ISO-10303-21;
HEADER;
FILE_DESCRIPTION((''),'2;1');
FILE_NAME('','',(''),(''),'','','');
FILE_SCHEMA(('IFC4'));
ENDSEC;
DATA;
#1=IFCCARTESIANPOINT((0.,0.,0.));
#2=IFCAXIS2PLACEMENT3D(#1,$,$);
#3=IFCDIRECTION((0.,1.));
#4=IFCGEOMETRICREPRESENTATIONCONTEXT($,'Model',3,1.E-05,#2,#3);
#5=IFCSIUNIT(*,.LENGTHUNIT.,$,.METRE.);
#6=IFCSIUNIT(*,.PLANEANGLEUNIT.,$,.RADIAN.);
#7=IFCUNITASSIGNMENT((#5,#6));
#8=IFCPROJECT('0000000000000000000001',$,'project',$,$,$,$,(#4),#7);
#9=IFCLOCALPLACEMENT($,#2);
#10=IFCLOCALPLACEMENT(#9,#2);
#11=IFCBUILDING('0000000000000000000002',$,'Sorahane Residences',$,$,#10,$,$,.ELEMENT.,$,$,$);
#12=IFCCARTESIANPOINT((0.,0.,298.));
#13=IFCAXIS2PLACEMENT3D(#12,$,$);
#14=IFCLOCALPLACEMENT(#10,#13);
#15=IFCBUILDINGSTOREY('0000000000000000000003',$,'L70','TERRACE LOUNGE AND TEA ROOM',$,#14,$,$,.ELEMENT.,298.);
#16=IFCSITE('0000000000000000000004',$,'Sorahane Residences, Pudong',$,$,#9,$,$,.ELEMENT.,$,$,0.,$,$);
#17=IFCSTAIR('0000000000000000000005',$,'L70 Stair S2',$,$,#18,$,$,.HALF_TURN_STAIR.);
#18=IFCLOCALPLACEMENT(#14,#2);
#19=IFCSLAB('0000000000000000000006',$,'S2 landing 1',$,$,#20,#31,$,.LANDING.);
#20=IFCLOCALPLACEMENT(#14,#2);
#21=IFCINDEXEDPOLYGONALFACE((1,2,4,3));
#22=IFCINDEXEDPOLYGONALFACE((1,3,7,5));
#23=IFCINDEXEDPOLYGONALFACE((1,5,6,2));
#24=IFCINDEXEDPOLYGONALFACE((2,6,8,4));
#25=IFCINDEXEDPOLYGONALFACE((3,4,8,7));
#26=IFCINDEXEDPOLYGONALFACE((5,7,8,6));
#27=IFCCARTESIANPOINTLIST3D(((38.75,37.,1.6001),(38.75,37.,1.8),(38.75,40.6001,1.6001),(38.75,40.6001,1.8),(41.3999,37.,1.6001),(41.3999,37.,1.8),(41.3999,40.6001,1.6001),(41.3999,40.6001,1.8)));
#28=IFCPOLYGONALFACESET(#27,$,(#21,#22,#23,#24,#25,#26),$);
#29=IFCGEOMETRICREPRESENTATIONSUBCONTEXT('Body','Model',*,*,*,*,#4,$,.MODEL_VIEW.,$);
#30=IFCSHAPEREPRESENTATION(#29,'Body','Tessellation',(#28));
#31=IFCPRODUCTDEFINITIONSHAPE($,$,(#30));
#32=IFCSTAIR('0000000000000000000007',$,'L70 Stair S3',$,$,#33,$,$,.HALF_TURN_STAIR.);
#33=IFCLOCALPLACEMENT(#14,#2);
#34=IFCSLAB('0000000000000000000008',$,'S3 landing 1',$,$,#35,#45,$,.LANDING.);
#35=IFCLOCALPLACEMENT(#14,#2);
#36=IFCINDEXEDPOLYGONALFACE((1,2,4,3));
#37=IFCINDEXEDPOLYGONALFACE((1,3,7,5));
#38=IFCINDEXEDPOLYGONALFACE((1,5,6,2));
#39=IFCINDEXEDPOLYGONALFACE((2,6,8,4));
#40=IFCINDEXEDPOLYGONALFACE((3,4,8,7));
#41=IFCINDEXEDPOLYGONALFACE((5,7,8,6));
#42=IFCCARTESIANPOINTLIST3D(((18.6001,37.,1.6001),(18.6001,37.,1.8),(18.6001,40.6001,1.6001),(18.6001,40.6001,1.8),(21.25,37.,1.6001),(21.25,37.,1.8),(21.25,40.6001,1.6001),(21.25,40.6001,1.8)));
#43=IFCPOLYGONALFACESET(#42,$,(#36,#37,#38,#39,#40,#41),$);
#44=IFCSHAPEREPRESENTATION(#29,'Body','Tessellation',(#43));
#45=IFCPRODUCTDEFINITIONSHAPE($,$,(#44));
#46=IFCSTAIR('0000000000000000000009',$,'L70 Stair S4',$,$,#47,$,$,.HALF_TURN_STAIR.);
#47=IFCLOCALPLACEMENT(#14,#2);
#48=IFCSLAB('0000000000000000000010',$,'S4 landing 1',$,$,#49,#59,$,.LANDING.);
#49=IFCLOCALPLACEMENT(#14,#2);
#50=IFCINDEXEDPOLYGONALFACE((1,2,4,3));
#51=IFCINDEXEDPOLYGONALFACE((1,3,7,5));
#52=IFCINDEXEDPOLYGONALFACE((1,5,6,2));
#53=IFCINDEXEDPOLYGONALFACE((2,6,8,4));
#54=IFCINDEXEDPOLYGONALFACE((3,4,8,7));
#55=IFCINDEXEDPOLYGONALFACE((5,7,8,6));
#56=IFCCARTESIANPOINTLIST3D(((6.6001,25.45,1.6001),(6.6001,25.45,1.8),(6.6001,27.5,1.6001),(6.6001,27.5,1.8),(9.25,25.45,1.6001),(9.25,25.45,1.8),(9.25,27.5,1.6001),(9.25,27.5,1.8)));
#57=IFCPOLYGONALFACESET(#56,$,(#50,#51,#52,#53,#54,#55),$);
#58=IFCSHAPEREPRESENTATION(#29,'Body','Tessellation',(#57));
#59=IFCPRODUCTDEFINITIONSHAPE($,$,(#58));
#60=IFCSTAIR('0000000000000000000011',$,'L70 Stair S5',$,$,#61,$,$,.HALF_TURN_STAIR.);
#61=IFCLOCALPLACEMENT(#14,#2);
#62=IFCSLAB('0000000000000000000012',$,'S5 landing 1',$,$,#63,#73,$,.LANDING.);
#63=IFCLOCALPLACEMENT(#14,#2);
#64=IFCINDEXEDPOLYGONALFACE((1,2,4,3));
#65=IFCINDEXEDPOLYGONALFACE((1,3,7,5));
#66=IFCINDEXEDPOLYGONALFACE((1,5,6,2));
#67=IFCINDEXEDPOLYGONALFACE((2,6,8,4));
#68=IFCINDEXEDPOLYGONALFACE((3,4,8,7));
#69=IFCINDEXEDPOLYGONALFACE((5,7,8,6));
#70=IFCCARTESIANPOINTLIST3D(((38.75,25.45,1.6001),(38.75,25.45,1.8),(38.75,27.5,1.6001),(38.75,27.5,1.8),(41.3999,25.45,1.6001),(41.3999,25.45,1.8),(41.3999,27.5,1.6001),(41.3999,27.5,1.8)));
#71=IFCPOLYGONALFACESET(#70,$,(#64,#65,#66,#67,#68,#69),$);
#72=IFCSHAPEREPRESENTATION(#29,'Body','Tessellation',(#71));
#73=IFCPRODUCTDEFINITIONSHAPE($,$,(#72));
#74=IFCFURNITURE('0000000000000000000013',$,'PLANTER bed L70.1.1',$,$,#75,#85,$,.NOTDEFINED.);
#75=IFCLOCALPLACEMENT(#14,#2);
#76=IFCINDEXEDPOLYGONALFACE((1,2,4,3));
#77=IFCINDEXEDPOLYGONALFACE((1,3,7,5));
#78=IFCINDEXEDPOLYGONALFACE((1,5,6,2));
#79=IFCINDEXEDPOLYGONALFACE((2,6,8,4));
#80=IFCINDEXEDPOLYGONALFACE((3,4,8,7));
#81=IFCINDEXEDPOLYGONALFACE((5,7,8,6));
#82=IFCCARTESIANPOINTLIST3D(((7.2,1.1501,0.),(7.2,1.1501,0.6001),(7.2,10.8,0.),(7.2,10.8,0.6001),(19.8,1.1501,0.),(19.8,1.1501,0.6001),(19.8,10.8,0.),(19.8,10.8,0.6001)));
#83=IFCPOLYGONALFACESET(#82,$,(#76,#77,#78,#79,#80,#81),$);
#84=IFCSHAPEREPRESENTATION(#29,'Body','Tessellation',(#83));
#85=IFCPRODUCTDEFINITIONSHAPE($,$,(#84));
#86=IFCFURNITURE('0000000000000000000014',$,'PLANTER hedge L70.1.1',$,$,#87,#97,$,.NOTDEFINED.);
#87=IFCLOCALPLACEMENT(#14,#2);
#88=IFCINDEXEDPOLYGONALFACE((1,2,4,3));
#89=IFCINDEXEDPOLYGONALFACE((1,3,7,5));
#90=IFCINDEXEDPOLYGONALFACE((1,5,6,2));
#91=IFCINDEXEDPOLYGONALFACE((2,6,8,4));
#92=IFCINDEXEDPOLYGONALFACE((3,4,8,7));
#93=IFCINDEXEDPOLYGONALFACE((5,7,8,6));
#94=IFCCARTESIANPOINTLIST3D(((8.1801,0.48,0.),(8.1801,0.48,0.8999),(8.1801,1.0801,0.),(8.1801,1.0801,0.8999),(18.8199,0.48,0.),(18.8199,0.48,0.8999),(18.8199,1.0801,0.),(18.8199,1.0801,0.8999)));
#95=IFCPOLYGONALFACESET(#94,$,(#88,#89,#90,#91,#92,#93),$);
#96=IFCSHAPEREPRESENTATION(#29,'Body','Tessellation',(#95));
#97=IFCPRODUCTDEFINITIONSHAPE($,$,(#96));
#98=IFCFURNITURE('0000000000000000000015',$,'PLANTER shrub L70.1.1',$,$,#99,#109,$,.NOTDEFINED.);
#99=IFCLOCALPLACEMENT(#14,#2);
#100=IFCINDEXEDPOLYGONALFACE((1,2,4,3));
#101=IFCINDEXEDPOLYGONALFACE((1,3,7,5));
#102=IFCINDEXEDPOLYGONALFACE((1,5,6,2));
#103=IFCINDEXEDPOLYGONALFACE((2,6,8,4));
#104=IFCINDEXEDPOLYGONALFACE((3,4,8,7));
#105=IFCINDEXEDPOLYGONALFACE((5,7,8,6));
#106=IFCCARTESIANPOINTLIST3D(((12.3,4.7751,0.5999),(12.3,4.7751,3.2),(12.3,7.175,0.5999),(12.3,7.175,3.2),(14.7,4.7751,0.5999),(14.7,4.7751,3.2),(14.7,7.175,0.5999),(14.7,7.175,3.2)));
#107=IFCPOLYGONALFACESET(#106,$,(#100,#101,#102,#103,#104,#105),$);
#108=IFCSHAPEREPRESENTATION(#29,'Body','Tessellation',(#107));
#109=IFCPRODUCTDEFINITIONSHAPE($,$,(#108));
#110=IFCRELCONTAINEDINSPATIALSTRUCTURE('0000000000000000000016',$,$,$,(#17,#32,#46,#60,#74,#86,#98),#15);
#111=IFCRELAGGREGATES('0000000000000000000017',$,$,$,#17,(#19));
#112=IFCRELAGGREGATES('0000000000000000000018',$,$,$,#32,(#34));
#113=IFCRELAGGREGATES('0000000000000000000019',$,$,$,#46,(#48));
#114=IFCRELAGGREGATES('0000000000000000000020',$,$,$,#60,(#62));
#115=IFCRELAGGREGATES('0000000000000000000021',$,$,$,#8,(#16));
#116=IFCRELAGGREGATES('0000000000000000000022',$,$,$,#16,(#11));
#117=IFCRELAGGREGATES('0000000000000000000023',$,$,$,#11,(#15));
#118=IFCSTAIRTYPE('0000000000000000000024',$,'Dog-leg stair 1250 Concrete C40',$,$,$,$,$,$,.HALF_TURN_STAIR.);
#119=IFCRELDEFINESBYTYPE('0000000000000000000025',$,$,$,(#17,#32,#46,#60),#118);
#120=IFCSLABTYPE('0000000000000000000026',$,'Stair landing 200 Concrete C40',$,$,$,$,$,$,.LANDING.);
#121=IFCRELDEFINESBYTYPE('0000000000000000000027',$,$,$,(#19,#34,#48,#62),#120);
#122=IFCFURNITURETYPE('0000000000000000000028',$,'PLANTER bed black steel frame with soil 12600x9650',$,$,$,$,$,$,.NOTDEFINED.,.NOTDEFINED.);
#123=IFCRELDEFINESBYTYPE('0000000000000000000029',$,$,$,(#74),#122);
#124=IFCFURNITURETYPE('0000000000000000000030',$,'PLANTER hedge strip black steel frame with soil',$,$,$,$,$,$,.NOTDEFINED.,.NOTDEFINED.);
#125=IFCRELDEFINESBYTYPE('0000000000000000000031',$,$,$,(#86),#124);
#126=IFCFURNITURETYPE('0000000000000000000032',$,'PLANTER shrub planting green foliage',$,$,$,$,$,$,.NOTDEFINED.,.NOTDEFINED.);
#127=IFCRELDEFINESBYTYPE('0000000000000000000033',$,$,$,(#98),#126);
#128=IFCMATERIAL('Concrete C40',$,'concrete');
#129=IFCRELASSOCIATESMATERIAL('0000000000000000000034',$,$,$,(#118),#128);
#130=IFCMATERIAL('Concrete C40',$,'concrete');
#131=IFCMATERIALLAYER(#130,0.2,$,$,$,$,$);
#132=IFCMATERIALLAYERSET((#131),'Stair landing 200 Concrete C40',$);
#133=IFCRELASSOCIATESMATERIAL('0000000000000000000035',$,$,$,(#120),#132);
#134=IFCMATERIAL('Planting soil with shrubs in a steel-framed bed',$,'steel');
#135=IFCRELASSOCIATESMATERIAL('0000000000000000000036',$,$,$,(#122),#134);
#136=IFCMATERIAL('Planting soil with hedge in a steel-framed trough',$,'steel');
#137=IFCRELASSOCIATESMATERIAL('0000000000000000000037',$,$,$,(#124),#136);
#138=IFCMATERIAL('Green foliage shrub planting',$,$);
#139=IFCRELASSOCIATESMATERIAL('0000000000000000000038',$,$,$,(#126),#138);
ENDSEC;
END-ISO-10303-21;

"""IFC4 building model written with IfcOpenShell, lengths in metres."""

from ifc_helpers import new_model, si_unit, direction, frame, origin, origin_2d, place, context, subcontext, project, spatial, polyline, rectangle, outline, extrude, material, layer, layer_set, type_object, element, aggregate, save


model = new_model("IFC4")

# Units and contexts
model_context = context("Model", 3, precision=1e-05, world=origin(), true_north=direction((0.0, 1.0)))
body_context = subcontext(model_context, "Body", "Model", "MODEL_VIEW")
ifc_project = project(units=[si_unit("LENGTHUNIT", "METRE"), si_unit("PLANEANGLEUNIT", "RADIAN")], contexts=[model_context])

# Site, building, storey
site_placement = place(None, origin())
site = spatial("IfcSite", under=ifc_project, at=site_placement, Name="Sorahane Residences, Pudong", CompositionType="ELEMENT", RefElevation=0.0)
building_placement = place(site_placement, origin())
building = spatial("IfcBuilding", under=site, at=building_placement, Name="Sorahane Residences", CompositionType="ELEMENT")
storey_placement = place(building_placement, frame((0.0, 0.0, 298.0)))
storey = spatial("IfcBuildingStorey", under=building, at=storey_placement, Name="L70", Description="TERRACE LOUNGE AND TEA ROOM", CompositionType="ELEMENT", Elevation=298.0)

# Stairs, slabs
ifc_material_1 = material(Name="Concrete C40", Category="concrete")
stair_type = type_object("IfcStairType", Name="Dog-leg stair 1250 Concrete C40", PredefinedType="HALF_TURN_STAIR", material=ifc_material_1)
ifc_material_2 = material(Name="Concrete C40", Category="concrete")
ifc_layer_1 = layer(ifc_material_2, 0.2)
ifc_layer_set_1 = layer_set([ifc_layer_1], Name="Stair landing 200 Concrete C40")
slab_type = type_object("IfcSlabType", Name="Stair landing 200 Concrete C40", PredefinedType="LANDING", material=ifc_layer_set_1)
stair_1_placement = place(storey_placement, origin())
stair_1 = element("IfcStair", 1, at=stair_1_placement, inside=storey, type_object=stair_type, Name="L70 Stair S2", PredefinedType="HALF_TURN_STAIR")
slab_1_placement = place(storey_placement, frame((0.0, 0.0, 1.6001)))
slab_1 = element("IfcSlab", 2, at=slab_1_placement, type_object=slab_type, Name="S2 landing 1", PredefinedType="LANDING", context=body_context, shape_type="SweptSolid", body=[
    extrude(outline(polyline([(38.75, 40.6001), (38.75, 37.0), (41.3999, 37.0), (41.3999, 40.6001), (38.75, 40.6001)])), origin(), (0.0, 0.0, 1.0), 0.2),
])
aggregate(stair_1, [slab_1])
stair_2_placement = place(storey_placement, origin())
stair_2 = element("IfcStair", 3, at=stair_2_placement, inside=storey, type_object=stair_type, Name="L70 Stair S3", PredefinedType="HALF_TURN_STAIR")
slab_2_placement = place(storey_placement, frame((0.0, 0.0, 1.6001)))
slab_2 = element("IfcSlab", 4, at=slab_2_placement, type_object=slab_type, Name="S3 landing 1", PredefinedType="LANDING", context=body_context, shape_type="SweptSolid", body=[
    extrude(outline(polyline([(18.6001, 40.6001), (18.6001, 37.0), (21.25, 37.0), (21.25, 40.6001), (18.6001, 40.6001)])), origin(), (0.0, 0.0, 1.0), 0.2),
])
aggregate(stair_2, [slab_2])
stair_3_placement = place(storey_placement, origin())
stair_3 = element("IfcStair", 5, at=stair_3_placement, inside=storey, type_object=stair_type, Name="L70 Stair S4", PredefinedType="HALF_TURN_STAIR")
slab_3_placement = place(storey_placement, frame((0.0, 0.0, 1.6001)))
slab_3 = element("IfcSlab", 6, at=slab_3_placement, type_object=slab_type, Name="S4 landing 1", PredefinedType="LANDING", context=body_context, shape_type="SweptSolid", body=[
    extrude(outline(polyline([(9.25, 25.45), (9.25, 27.5), (6.6001, 27.5), (6.6001, 25.45), (9.25, 25.45)])), origin(), (0.0, 0.0, 1.0), 0.2),
])
aggregate(stair_3, [slab_3])
stair_4_placement = place(storey_placement, origin())
stair_4 = element("IfcStair", 7, at=stair_4_placement, inside=storey, type_object=stair_type, Name="L70 Stair S5", PredefinedType="HALF_TURN_STAIR")
slab_4_placement = place(storey_placement, frame((0.0, 0.0, 1.6001)))
slab_4 = element("IfcSlab", 8, at=slab_4_placement, type_object=slab_type, Name="S5 landing 1", PredefinedType="LANDING", context=body_context, shape_type="SweptSolid", body=[
    extrude(outline(polyline([(41.3999, 25.45), (41.3999, 27.5), (38.75, 27.5), (38.75, 25.45), (41.3999, 25.45)])), origin(), (0.0, 0.0, 1.0), 0.2),
])
aggregate(stair_4, [slab_4])

# Furniture
ifc_material_3 = material(Name="Planting soil with shrubs in a steel-framed bed", Category="steel")
furniture_type_1 = type_object("IfcFurnitureType", Name="PLANTER bed black steel frame with soil 12600x9650", AssemblyPlace="NOTDEFINED", PredefinedType="NOTDEFINED", material=ifc_material_3)
furniture_1_placement = place(storey_placement, frame((13.5, 5.9751, 0.0), z_axis=(0.0, 0.0, 1.0), x_axis=(1.0, 0.0, 0.0)))
element("IfcFurniture", 9, at=furniture_1_placement, inside=storey, type_object=furniture_type_1, Name="PLANTER bed L70.1.1", PredefinedType="NOTDEFINED", context=body_context, shape_type="SweptSolid", body=[
    extrude(rectangle(XDim=12.6001, YDim=9.6499, at=origin_2d()), origin(), (0.0, 0.0, 1.0), 0.6001),
])
ifc_material_4 = material(Name="Planting soil with hedge in a steel-framed trough", Category="steel")
furniture_type_2 = type_object("IfcFurnitureType", Name="PLANTER hedge strip black steel frame with soil", AssemblyPlace="NOTDEFINED", PredefinedType="NOTDEFINED", material=ifc_material_4)
furniture_2_placement = place(storey_placement, frame((13.5, 0.78, 0.0), z_axis=(0.0, 0.0, 1.0), x_axis=(-1.0, 0.0, 0.0)))
element("IfcFurniture", 10, at=furniture_2_placement, inside=storey, type_object=furniture_type_2, Name="PLANTER hedge L70.1.1", PredefinedType="NOTDEFINED", context=body_context, shape_type="SweptSolid", body=[
    extrude(rectangle(XDim=10.6399, YDim=0.6001, at=origin_2d()), origin(), (0.0, 0.0, 1.0), 0.8999),
])
ifc_material_5 = material(Name="Green foliage shrub planting")
furniture_type_3 = type_object("IfcFurnitureType", Name="PLANTER shrub planting green foliage", AssemblyPlace="NOTDEFINED", PredefinedType="NOTDEFINED", material=ifc_material_5)
furniture_3_placement = place(storey_placement, frame((13.5, 5.9751, 0.5999), z_axis=(0.0, 0.0, 1.0), x_axis=(1.0, 0.0, 0.0)))
element("IfcFurniture", 11, at=furniture_3_placement, inside=storey, type_object=furniture_type_3, Name="PLANTER shrub L70.1.1", PredefinedType="NOTDEFINED", context=body_context, shape_type="SweptSolid", body=[
    extrude(rectangle(XDim=2.3999, YDim=2.3999, at=origin_2d()), origin(), (0.0, 0.0, 1.0), 2.6001),
])

save(model, "model.ifc")
